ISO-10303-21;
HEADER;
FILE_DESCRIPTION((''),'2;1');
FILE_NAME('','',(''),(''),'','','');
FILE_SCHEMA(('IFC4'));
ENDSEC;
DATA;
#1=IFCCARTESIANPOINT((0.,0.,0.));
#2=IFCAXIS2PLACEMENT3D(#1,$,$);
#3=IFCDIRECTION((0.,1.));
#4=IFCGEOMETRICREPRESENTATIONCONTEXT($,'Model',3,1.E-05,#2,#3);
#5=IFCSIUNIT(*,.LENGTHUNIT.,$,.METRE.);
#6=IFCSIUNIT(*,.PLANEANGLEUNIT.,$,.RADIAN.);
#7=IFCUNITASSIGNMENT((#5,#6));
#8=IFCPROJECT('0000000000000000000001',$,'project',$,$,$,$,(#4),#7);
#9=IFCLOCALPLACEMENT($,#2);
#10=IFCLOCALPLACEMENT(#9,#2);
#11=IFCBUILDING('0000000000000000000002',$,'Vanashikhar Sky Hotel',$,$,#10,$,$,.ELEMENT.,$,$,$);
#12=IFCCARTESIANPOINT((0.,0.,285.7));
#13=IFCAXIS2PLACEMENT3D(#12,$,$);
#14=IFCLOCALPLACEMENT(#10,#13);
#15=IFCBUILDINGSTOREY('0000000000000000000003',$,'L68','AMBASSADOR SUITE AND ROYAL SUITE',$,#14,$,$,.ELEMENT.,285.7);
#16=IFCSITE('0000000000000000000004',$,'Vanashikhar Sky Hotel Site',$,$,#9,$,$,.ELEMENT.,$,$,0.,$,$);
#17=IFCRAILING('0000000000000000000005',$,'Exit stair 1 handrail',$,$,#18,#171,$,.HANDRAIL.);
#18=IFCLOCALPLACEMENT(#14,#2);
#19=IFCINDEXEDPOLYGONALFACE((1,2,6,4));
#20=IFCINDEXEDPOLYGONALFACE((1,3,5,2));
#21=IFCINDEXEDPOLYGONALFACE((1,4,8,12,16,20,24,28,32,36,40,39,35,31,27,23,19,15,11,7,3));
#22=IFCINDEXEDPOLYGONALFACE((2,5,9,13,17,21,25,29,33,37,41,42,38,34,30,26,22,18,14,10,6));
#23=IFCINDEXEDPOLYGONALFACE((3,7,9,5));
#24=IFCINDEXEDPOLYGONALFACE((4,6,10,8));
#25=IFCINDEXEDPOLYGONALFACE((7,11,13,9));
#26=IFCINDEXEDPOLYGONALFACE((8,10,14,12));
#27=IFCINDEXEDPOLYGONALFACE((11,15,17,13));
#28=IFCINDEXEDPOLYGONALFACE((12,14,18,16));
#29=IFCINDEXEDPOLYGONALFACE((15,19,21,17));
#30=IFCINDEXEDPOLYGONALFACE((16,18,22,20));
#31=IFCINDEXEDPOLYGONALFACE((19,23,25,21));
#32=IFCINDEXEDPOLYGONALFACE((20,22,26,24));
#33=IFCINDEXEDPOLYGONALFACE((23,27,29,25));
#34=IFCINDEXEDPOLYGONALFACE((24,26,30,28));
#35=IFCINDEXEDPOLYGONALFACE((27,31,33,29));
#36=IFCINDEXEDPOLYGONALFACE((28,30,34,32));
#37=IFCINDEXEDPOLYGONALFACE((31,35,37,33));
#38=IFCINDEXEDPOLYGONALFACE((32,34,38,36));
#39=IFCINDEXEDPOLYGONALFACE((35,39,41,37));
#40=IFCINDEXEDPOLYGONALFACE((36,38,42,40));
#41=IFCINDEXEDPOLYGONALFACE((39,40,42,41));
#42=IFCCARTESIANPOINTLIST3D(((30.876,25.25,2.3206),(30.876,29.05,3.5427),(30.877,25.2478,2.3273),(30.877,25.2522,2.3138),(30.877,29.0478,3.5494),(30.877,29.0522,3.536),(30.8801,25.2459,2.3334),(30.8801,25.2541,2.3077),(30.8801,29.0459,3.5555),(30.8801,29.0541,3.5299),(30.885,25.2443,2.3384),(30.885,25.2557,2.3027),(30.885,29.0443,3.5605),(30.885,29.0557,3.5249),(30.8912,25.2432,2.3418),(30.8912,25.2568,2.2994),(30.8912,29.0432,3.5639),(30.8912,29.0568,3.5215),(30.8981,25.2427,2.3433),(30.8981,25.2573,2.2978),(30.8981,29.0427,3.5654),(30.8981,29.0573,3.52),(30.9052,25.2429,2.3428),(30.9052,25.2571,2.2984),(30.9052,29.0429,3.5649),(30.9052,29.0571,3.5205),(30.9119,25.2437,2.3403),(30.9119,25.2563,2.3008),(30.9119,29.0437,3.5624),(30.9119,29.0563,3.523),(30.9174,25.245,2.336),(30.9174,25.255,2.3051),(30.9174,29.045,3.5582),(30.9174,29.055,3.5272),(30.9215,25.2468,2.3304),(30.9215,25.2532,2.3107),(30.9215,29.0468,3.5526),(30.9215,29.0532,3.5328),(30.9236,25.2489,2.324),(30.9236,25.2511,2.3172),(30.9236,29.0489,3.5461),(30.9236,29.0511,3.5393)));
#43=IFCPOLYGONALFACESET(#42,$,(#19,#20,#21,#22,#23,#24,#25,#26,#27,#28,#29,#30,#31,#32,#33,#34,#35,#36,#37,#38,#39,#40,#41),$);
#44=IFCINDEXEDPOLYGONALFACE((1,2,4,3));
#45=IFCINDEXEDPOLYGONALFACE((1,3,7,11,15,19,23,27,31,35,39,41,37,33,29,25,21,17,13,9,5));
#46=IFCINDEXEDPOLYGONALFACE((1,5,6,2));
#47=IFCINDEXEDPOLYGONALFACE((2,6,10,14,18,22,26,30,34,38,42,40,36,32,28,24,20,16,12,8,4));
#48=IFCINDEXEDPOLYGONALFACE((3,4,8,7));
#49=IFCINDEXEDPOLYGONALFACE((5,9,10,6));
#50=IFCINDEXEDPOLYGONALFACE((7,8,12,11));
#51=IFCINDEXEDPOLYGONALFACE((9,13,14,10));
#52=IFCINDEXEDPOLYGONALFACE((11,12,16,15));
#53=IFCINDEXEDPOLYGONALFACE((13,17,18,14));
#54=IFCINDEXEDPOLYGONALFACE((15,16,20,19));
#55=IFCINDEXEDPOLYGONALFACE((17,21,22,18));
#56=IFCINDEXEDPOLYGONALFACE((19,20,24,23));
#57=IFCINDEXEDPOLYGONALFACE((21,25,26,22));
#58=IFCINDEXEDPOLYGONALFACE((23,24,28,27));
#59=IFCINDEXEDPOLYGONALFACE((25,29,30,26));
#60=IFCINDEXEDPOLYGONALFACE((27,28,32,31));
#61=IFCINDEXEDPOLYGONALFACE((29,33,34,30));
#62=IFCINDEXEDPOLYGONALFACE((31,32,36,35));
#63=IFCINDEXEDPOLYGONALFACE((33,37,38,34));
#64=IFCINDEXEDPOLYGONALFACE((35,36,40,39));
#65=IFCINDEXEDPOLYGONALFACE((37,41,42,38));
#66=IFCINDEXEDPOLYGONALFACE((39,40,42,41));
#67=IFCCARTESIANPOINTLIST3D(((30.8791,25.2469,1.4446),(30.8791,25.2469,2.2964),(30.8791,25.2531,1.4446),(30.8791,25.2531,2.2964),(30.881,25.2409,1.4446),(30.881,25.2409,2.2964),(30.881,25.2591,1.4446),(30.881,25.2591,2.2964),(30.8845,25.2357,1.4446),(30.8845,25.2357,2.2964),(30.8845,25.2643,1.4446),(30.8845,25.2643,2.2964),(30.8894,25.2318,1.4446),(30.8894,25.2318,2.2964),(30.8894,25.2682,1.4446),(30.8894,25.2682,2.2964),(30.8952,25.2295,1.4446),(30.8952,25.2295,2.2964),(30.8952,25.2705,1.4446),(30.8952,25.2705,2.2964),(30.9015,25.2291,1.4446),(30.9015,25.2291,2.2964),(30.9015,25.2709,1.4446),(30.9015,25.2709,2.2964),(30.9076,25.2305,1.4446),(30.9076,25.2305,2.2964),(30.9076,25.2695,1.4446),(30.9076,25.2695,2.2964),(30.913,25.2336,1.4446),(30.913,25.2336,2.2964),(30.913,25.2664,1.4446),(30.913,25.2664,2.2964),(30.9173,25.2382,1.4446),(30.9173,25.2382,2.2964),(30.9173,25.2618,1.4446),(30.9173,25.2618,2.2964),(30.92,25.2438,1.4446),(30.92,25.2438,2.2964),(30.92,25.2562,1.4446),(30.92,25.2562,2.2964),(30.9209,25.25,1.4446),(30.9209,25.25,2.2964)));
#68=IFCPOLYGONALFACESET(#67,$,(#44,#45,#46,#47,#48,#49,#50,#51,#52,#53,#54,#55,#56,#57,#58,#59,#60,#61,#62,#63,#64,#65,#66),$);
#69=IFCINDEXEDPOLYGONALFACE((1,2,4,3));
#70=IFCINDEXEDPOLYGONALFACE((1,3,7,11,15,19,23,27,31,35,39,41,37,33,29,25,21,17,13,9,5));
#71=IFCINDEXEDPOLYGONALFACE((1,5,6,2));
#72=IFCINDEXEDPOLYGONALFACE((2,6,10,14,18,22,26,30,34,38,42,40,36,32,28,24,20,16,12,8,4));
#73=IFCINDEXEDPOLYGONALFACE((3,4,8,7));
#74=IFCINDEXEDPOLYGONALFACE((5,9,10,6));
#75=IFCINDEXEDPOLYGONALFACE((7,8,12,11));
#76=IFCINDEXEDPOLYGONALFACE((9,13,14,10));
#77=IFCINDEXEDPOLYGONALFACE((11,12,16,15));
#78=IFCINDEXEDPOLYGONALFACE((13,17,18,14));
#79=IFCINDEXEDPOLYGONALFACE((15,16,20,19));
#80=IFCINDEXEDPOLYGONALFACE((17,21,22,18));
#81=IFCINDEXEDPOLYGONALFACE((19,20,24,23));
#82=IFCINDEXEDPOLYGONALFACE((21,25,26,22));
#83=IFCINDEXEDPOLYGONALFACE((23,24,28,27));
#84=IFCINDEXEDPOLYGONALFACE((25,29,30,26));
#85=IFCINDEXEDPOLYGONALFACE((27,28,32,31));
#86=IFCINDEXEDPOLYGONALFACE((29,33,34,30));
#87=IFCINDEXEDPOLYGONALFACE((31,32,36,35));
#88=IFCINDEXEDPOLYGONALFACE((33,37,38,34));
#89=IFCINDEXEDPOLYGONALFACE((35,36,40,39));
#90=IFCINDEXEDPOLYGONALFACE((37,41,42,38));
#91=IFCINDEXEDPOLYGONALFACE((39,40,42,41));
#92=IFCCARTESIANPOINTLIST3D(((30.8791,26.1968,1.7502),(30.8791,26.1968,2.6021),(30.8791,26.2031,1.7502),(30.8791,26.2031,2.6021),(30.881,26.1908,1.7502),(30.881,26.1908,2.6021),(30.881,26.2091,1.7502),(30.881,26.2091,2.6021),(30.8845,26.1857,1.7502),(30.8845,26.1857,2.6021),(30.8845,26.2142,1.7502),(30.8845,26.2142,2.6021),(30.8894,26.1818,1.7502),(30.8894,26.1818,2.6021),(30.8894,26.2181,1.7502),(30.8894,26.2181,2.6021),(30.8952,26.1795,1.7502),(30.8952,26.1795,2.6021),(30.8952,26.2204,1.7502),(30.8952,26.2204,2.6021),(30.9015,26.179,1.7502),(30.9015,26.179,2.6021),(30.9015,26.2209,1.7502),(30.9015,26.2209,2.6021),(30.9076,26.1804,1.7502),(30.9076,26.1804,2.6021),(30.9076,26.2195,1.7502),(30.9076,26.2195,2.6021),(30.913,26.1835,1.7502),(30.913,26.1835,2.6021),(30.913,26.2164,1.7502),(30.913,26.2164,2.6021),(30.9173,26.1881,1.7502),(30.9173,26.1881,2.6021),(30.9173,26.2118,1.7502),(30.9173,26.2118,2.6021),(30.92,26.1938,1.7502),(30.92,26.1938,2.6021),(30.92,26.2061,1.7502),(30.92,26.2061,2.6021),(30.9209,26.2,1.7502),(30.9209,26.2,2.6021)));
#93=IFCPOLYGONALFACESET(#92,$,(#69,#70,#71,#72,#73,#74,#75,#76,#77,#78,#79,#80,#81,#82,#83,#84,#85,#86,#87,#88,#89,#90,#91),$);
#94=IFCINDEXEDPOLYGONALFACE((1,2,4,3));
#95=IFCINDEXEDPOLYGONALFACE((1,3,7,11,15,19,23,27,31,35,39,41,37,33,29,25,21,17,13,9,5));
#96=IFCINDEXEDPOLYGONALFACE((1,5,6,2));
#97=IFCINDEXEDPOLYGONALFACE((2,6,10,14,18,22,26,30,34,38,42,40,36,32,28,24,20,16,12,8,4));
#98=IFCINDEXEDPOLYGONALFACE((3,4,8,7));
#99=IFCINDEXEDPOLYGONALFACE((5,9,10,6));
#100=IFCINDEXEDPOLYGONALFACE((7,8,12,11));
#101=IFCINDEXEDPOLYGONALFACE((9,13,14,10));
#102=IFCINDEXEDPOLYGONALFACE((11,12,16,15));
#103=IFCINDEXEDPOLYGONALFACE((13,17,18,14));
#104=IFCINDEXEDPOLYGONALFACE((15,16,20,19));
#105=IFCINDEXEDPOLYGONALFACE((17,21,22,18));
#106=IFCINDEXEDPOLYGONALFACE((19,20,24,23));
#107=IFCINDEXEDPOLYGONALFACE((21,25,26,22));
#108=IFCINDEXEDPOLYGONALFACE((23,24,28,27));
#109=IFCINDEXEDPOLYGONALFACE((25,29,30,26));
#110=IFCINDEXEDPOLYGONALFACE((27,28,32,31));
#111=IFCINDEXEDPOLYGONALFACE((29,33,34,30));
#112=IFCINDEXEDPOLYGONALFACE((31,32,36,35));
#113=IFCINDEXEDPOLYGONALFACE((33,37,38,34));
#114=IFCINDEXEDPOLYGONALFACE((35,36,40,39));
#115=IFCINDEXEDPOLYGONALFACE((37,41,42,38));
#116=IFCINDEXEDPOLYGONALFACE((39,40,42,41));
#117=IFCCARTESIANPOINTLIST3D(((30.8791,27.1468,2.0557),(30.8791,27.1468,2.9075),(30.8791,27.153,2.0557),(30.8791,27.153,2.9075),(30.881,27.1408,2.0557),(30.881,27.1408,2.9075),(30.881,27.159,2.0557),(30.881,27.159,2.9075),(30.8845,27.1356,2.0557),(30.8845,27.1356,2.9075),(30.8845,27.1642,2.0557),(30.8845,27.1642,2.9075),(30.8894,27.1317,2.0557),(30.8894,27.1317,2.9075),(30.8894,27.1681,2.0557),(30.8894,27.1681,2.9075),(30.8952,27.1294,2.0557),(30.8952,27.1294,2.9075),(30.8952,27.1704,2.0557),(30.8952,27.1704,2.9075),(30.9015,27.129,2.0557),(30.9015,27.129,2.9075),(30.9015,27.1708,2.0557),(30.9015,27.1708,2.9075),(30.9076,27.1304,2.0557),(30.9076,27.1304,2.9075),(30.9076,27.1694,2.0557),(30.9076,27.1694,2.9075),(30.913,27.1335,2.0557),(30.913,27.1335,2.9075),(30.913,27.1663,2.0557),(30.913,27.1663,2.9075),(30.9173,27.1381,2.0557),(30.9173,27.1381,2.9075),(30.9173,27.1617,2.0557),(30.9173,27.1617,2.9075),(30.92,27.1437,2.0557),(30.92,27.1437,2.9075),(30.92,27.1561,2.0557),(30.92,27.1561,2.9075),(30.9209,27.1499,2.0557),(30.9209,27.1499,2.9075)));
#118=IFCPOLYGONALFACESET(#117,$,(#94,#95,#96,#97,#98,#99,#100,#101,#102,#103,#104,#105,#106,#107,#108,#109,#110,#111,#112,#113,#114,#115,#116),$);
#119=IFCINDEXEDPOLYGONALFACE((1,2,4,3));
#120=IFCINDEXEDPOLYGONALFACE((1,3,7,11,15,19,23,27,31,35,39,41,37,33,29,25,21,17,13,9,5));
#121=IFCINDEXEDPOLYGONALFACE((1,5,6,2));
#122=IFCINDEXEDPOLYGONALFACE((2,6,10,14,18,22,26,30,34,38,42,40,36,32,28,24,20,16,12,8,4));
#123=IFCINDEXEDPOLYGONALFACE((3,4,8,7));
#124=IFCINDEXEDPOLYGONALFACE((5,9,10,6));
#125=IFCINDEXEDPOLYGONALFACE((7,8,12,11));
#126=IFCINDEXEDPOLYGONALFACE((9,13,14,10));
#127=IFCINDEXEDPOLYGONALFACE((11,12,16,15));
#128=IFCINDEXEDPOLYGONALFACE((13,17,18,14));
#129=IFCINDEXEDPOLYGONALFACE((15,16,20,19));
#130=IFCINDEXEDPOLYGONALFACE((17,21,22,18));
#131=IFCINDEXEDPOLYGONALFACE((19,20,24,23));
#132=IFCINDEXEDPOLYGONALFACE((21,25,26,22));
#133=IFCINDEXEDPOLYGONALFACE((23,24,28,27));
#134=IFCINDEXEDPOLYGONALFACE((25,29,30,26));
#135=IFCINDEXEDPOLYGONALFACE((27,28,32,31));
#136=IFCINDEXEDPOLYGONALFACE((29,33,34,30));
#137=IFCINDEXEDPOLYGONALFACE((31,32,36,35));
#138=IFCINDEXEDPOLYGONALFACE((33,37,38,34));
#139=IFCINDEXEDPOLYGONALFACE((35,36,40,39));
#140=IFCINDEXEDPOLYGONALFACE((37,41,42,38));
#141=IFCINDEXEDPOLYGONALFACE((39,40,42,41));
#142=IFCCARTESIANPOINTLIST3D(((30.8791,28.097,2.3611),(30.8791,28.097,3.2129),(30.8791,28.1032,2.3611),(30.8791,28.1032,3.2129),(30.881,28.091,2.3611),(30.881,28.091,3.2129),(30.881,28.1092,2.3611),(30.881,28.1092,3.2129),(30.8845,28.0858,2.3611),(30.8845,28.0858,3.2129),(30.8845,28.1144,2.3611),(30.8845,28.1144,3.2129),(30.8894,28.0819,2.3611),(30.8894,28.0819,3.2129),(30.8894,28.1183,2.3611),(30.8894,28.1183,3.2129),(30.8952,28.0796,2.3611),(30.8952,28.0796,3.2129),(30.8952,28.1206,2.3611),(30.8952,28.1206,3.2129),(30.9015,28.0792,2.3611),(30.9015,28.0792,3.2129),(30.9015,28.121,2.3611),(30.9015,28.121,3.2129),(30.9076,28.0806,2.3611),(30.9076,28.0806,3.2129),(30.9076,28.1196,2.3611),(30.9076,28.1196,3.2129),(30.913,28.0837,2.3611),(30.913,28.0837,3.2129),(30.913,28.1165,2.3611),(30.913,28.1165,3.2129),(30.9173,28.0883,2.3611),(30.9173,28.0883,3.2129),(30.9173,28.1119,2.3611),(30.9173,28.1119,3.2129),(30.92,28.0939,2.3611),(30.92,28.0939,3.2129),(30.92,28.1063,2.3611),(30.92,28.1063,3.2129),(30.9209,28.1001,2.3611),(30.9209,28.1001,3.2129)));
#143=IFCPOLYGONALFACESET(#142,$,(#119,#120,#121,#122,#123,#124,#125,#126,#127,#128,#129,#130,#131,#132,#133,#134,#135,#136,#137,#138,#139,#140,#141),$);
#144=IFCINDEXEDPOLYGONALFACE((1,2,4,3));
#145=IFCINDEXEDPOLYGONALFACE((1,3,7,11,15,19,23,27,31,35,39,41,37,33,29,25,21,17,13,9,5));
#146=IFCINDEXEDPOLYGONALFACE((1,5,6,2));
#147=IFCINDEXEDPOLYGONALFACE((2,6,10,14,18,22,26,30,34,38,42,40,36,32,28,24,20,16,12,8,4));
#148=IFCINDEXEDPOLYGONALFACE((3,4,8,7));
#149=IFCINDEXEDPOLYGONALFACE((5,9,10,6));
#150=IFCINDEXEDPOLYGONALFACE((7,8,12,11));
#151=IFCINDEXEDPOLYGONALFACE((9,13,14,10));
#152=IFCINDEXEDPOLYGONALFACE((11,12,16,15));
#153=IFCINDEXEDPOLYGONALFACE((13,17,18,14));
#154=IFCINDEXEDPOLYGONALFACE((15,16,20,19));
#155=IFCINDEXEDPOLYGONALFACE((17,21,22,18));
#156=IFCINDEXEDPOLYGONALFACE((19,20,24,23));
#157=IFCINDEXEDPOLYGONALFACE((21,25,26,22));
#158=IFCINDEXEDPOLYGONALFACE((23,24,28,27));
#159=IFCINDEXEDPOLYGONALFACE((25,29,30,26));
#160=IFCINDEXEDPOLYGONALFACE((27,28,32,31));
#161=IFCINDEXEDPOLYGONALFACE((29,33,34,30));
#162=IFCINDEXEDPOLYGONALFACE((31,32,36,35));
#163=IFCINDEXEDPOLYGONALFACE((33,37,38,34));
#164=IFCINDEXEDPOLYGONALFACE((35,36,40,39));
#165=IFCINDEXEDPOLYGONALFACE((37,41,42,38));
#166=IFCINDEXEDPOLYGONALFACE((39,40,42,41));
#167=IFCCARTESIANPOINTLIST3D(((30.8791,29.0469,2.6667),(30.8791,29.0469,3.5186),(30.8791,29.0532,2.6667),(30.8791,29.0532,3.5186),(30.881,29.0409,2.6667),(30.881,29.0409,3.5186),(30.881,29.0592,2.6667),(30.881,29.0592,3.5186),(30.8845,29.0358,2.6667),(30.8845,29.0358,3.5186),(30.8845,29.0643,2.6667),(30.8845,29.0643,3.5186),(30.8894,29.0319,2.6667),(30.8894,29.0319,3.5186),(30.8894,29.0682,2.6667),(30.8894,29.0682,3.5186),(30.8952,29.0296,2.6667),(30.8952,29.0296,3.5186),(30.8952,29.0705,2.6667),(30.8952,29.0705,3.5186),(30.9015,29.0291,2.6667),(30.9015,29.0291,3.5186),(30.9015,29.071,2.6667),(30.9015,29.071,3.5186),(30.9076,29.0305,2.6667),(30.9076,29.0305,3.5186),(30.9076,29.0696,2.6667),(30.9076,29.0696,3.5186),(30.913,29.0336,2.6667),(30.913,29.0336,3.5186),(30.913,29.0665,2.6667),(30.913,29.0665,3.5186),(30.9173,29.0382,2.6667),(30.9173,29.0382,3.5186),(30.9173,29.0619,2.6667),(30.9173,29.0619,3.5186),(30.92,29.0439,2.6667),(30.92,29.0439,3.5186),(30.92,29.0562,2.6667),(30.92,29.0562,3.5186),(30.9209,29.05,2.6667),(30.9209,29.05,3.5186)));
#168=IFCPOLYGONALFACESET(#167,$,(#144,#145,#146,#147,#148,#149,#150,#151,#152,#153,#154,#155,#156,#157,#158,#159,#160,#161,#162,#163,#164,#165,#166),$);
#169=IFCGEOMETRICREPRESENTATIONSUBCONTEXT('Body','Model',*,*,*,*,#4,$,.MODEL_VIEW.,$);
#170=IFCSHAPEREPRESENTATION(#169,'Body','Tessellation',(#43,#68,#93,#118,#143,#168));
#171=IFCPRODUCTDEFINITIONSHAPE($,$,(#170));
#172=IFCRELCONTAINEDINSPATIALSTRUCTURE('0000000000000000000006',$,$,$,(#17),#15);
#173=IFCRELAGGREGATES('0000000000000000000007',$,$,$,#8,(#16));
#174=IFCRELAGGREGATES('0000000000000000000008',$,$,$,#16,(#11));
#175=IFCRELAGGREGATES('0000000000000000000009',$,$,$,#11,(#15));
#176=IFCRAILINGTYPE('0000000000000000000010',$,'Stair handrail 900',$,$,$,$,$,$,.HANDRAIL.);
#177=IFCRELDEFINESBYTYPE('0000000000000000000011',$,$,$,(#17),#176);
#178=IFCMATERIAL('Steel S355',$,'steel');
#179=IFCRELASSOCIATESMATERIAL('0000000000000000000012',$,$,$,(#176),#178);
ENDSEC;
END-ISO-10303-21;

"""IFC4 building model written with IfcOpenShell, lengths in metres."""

from ifc_helpers import new_model, si_unit, direction, frame, origin, origin_2d, place, context, subcontext, project, spatial, circle, extrude, source, transform, mapped, material, type_object, element, save


model = new_model("IFC4")

# Units and contexts
model_context = context("Model", 3, precision=1e-05, world=origin(), true_north=direction((0.0, 1.0)))
body_context = subcontext(model_context, "Body", "Model", "MODEL_VIEW")
ifc_project = project(units=[si_unit("LENGTHUNIT", "METRE"), si_unit("PLANEANGLEUNIT", "RADIAN")], contexts=[model_context])

# Site, building, storey
site_placement = place(None, origin())
site = spatial("IfcSite", under=ifc_project, at=site_placement, Name="Vanashikhar Sky Hotel Site", CompositionType="ELEMENT", RefElevation=0.0)
building_placement = place(site_placement, origin())
building = spatial("IfcBuilding", under=site, at=building_placement, Name="Vanashikhar Sky Hotel", CompositionType="ELEMENT")
storey_placement = place(building_placement, frame((0.0, 0.0, 285.7)))
storey = spatial("IfcBuildingStorey", under=building, at=storey_placement, Name="L68", Description="AMBASSADOR SUITE AND ROYAL SUITE", CompositionType="ELEMENT", Elevation=285.7)

# Railing
ifc_material_1 = material(Name="Steel S355", Category="steel")
railing_type = type_object("IfcRailingType", Name="Stair handrail 900", PredefinedType="HANDRAIL", material=ifc_material_1)
shared_shape_1 = source(origin(), body_context, "Body", "SweptSolid", [
    extrude(circle(Radius=0.0239, at=origin_2d()), frame((0.0, 0.0, 0.876), z_axis=(0.0, 0.951976, 0.306173), x_axis=(-1.0, 0.0, 0.0)), (0.0, 0.0, 1.0), 3.9917),
    extrude(circle(Radius=0.021, at=origin_2d()), origin(), (0.0, 0.0, 1.0), 0.8518),
    extrude(circle(Radius=0.021, at=origin_2d()), frame((0.0, 0.95, 0.3057)), (0.0, 0.0, 1.0), 0.8518),
    extrude(circle(Radius=0.021, at=origin_2d()), frame((0.0, 1.8999, 0.6111)), (0.0, 0.0, 1.0), 0.8518),
    extrude(circle(Radius=0.021, at=origin_2d()), frame((0.0, 2.8501, 0.9165)), (0.0, 0.0, 1.0), 0.8518),
    extrude(circle(Radius=0.021, at=origin_2d()), frame((0.0, 3.8, 1.2222)), (0.0, 0.0, 1.0), 0.8518),
])
railing_1_placement = place(storey_placement, frame((30.8999, 25.25, 1.4446)))
element("IfcRailing", 1, at=railing_1_placement, inside=storey, type_object=railing_type, Name="Exit stair 1 handrail", PredefinedType="HANDRAIL", context=body_context, shape_type="MappedRepresentation", body=[
    mapped(shared_shape_1, transform((0.0, 0.0, 0.0), scale=1.0)),
])

save(model, "model.ifc")
